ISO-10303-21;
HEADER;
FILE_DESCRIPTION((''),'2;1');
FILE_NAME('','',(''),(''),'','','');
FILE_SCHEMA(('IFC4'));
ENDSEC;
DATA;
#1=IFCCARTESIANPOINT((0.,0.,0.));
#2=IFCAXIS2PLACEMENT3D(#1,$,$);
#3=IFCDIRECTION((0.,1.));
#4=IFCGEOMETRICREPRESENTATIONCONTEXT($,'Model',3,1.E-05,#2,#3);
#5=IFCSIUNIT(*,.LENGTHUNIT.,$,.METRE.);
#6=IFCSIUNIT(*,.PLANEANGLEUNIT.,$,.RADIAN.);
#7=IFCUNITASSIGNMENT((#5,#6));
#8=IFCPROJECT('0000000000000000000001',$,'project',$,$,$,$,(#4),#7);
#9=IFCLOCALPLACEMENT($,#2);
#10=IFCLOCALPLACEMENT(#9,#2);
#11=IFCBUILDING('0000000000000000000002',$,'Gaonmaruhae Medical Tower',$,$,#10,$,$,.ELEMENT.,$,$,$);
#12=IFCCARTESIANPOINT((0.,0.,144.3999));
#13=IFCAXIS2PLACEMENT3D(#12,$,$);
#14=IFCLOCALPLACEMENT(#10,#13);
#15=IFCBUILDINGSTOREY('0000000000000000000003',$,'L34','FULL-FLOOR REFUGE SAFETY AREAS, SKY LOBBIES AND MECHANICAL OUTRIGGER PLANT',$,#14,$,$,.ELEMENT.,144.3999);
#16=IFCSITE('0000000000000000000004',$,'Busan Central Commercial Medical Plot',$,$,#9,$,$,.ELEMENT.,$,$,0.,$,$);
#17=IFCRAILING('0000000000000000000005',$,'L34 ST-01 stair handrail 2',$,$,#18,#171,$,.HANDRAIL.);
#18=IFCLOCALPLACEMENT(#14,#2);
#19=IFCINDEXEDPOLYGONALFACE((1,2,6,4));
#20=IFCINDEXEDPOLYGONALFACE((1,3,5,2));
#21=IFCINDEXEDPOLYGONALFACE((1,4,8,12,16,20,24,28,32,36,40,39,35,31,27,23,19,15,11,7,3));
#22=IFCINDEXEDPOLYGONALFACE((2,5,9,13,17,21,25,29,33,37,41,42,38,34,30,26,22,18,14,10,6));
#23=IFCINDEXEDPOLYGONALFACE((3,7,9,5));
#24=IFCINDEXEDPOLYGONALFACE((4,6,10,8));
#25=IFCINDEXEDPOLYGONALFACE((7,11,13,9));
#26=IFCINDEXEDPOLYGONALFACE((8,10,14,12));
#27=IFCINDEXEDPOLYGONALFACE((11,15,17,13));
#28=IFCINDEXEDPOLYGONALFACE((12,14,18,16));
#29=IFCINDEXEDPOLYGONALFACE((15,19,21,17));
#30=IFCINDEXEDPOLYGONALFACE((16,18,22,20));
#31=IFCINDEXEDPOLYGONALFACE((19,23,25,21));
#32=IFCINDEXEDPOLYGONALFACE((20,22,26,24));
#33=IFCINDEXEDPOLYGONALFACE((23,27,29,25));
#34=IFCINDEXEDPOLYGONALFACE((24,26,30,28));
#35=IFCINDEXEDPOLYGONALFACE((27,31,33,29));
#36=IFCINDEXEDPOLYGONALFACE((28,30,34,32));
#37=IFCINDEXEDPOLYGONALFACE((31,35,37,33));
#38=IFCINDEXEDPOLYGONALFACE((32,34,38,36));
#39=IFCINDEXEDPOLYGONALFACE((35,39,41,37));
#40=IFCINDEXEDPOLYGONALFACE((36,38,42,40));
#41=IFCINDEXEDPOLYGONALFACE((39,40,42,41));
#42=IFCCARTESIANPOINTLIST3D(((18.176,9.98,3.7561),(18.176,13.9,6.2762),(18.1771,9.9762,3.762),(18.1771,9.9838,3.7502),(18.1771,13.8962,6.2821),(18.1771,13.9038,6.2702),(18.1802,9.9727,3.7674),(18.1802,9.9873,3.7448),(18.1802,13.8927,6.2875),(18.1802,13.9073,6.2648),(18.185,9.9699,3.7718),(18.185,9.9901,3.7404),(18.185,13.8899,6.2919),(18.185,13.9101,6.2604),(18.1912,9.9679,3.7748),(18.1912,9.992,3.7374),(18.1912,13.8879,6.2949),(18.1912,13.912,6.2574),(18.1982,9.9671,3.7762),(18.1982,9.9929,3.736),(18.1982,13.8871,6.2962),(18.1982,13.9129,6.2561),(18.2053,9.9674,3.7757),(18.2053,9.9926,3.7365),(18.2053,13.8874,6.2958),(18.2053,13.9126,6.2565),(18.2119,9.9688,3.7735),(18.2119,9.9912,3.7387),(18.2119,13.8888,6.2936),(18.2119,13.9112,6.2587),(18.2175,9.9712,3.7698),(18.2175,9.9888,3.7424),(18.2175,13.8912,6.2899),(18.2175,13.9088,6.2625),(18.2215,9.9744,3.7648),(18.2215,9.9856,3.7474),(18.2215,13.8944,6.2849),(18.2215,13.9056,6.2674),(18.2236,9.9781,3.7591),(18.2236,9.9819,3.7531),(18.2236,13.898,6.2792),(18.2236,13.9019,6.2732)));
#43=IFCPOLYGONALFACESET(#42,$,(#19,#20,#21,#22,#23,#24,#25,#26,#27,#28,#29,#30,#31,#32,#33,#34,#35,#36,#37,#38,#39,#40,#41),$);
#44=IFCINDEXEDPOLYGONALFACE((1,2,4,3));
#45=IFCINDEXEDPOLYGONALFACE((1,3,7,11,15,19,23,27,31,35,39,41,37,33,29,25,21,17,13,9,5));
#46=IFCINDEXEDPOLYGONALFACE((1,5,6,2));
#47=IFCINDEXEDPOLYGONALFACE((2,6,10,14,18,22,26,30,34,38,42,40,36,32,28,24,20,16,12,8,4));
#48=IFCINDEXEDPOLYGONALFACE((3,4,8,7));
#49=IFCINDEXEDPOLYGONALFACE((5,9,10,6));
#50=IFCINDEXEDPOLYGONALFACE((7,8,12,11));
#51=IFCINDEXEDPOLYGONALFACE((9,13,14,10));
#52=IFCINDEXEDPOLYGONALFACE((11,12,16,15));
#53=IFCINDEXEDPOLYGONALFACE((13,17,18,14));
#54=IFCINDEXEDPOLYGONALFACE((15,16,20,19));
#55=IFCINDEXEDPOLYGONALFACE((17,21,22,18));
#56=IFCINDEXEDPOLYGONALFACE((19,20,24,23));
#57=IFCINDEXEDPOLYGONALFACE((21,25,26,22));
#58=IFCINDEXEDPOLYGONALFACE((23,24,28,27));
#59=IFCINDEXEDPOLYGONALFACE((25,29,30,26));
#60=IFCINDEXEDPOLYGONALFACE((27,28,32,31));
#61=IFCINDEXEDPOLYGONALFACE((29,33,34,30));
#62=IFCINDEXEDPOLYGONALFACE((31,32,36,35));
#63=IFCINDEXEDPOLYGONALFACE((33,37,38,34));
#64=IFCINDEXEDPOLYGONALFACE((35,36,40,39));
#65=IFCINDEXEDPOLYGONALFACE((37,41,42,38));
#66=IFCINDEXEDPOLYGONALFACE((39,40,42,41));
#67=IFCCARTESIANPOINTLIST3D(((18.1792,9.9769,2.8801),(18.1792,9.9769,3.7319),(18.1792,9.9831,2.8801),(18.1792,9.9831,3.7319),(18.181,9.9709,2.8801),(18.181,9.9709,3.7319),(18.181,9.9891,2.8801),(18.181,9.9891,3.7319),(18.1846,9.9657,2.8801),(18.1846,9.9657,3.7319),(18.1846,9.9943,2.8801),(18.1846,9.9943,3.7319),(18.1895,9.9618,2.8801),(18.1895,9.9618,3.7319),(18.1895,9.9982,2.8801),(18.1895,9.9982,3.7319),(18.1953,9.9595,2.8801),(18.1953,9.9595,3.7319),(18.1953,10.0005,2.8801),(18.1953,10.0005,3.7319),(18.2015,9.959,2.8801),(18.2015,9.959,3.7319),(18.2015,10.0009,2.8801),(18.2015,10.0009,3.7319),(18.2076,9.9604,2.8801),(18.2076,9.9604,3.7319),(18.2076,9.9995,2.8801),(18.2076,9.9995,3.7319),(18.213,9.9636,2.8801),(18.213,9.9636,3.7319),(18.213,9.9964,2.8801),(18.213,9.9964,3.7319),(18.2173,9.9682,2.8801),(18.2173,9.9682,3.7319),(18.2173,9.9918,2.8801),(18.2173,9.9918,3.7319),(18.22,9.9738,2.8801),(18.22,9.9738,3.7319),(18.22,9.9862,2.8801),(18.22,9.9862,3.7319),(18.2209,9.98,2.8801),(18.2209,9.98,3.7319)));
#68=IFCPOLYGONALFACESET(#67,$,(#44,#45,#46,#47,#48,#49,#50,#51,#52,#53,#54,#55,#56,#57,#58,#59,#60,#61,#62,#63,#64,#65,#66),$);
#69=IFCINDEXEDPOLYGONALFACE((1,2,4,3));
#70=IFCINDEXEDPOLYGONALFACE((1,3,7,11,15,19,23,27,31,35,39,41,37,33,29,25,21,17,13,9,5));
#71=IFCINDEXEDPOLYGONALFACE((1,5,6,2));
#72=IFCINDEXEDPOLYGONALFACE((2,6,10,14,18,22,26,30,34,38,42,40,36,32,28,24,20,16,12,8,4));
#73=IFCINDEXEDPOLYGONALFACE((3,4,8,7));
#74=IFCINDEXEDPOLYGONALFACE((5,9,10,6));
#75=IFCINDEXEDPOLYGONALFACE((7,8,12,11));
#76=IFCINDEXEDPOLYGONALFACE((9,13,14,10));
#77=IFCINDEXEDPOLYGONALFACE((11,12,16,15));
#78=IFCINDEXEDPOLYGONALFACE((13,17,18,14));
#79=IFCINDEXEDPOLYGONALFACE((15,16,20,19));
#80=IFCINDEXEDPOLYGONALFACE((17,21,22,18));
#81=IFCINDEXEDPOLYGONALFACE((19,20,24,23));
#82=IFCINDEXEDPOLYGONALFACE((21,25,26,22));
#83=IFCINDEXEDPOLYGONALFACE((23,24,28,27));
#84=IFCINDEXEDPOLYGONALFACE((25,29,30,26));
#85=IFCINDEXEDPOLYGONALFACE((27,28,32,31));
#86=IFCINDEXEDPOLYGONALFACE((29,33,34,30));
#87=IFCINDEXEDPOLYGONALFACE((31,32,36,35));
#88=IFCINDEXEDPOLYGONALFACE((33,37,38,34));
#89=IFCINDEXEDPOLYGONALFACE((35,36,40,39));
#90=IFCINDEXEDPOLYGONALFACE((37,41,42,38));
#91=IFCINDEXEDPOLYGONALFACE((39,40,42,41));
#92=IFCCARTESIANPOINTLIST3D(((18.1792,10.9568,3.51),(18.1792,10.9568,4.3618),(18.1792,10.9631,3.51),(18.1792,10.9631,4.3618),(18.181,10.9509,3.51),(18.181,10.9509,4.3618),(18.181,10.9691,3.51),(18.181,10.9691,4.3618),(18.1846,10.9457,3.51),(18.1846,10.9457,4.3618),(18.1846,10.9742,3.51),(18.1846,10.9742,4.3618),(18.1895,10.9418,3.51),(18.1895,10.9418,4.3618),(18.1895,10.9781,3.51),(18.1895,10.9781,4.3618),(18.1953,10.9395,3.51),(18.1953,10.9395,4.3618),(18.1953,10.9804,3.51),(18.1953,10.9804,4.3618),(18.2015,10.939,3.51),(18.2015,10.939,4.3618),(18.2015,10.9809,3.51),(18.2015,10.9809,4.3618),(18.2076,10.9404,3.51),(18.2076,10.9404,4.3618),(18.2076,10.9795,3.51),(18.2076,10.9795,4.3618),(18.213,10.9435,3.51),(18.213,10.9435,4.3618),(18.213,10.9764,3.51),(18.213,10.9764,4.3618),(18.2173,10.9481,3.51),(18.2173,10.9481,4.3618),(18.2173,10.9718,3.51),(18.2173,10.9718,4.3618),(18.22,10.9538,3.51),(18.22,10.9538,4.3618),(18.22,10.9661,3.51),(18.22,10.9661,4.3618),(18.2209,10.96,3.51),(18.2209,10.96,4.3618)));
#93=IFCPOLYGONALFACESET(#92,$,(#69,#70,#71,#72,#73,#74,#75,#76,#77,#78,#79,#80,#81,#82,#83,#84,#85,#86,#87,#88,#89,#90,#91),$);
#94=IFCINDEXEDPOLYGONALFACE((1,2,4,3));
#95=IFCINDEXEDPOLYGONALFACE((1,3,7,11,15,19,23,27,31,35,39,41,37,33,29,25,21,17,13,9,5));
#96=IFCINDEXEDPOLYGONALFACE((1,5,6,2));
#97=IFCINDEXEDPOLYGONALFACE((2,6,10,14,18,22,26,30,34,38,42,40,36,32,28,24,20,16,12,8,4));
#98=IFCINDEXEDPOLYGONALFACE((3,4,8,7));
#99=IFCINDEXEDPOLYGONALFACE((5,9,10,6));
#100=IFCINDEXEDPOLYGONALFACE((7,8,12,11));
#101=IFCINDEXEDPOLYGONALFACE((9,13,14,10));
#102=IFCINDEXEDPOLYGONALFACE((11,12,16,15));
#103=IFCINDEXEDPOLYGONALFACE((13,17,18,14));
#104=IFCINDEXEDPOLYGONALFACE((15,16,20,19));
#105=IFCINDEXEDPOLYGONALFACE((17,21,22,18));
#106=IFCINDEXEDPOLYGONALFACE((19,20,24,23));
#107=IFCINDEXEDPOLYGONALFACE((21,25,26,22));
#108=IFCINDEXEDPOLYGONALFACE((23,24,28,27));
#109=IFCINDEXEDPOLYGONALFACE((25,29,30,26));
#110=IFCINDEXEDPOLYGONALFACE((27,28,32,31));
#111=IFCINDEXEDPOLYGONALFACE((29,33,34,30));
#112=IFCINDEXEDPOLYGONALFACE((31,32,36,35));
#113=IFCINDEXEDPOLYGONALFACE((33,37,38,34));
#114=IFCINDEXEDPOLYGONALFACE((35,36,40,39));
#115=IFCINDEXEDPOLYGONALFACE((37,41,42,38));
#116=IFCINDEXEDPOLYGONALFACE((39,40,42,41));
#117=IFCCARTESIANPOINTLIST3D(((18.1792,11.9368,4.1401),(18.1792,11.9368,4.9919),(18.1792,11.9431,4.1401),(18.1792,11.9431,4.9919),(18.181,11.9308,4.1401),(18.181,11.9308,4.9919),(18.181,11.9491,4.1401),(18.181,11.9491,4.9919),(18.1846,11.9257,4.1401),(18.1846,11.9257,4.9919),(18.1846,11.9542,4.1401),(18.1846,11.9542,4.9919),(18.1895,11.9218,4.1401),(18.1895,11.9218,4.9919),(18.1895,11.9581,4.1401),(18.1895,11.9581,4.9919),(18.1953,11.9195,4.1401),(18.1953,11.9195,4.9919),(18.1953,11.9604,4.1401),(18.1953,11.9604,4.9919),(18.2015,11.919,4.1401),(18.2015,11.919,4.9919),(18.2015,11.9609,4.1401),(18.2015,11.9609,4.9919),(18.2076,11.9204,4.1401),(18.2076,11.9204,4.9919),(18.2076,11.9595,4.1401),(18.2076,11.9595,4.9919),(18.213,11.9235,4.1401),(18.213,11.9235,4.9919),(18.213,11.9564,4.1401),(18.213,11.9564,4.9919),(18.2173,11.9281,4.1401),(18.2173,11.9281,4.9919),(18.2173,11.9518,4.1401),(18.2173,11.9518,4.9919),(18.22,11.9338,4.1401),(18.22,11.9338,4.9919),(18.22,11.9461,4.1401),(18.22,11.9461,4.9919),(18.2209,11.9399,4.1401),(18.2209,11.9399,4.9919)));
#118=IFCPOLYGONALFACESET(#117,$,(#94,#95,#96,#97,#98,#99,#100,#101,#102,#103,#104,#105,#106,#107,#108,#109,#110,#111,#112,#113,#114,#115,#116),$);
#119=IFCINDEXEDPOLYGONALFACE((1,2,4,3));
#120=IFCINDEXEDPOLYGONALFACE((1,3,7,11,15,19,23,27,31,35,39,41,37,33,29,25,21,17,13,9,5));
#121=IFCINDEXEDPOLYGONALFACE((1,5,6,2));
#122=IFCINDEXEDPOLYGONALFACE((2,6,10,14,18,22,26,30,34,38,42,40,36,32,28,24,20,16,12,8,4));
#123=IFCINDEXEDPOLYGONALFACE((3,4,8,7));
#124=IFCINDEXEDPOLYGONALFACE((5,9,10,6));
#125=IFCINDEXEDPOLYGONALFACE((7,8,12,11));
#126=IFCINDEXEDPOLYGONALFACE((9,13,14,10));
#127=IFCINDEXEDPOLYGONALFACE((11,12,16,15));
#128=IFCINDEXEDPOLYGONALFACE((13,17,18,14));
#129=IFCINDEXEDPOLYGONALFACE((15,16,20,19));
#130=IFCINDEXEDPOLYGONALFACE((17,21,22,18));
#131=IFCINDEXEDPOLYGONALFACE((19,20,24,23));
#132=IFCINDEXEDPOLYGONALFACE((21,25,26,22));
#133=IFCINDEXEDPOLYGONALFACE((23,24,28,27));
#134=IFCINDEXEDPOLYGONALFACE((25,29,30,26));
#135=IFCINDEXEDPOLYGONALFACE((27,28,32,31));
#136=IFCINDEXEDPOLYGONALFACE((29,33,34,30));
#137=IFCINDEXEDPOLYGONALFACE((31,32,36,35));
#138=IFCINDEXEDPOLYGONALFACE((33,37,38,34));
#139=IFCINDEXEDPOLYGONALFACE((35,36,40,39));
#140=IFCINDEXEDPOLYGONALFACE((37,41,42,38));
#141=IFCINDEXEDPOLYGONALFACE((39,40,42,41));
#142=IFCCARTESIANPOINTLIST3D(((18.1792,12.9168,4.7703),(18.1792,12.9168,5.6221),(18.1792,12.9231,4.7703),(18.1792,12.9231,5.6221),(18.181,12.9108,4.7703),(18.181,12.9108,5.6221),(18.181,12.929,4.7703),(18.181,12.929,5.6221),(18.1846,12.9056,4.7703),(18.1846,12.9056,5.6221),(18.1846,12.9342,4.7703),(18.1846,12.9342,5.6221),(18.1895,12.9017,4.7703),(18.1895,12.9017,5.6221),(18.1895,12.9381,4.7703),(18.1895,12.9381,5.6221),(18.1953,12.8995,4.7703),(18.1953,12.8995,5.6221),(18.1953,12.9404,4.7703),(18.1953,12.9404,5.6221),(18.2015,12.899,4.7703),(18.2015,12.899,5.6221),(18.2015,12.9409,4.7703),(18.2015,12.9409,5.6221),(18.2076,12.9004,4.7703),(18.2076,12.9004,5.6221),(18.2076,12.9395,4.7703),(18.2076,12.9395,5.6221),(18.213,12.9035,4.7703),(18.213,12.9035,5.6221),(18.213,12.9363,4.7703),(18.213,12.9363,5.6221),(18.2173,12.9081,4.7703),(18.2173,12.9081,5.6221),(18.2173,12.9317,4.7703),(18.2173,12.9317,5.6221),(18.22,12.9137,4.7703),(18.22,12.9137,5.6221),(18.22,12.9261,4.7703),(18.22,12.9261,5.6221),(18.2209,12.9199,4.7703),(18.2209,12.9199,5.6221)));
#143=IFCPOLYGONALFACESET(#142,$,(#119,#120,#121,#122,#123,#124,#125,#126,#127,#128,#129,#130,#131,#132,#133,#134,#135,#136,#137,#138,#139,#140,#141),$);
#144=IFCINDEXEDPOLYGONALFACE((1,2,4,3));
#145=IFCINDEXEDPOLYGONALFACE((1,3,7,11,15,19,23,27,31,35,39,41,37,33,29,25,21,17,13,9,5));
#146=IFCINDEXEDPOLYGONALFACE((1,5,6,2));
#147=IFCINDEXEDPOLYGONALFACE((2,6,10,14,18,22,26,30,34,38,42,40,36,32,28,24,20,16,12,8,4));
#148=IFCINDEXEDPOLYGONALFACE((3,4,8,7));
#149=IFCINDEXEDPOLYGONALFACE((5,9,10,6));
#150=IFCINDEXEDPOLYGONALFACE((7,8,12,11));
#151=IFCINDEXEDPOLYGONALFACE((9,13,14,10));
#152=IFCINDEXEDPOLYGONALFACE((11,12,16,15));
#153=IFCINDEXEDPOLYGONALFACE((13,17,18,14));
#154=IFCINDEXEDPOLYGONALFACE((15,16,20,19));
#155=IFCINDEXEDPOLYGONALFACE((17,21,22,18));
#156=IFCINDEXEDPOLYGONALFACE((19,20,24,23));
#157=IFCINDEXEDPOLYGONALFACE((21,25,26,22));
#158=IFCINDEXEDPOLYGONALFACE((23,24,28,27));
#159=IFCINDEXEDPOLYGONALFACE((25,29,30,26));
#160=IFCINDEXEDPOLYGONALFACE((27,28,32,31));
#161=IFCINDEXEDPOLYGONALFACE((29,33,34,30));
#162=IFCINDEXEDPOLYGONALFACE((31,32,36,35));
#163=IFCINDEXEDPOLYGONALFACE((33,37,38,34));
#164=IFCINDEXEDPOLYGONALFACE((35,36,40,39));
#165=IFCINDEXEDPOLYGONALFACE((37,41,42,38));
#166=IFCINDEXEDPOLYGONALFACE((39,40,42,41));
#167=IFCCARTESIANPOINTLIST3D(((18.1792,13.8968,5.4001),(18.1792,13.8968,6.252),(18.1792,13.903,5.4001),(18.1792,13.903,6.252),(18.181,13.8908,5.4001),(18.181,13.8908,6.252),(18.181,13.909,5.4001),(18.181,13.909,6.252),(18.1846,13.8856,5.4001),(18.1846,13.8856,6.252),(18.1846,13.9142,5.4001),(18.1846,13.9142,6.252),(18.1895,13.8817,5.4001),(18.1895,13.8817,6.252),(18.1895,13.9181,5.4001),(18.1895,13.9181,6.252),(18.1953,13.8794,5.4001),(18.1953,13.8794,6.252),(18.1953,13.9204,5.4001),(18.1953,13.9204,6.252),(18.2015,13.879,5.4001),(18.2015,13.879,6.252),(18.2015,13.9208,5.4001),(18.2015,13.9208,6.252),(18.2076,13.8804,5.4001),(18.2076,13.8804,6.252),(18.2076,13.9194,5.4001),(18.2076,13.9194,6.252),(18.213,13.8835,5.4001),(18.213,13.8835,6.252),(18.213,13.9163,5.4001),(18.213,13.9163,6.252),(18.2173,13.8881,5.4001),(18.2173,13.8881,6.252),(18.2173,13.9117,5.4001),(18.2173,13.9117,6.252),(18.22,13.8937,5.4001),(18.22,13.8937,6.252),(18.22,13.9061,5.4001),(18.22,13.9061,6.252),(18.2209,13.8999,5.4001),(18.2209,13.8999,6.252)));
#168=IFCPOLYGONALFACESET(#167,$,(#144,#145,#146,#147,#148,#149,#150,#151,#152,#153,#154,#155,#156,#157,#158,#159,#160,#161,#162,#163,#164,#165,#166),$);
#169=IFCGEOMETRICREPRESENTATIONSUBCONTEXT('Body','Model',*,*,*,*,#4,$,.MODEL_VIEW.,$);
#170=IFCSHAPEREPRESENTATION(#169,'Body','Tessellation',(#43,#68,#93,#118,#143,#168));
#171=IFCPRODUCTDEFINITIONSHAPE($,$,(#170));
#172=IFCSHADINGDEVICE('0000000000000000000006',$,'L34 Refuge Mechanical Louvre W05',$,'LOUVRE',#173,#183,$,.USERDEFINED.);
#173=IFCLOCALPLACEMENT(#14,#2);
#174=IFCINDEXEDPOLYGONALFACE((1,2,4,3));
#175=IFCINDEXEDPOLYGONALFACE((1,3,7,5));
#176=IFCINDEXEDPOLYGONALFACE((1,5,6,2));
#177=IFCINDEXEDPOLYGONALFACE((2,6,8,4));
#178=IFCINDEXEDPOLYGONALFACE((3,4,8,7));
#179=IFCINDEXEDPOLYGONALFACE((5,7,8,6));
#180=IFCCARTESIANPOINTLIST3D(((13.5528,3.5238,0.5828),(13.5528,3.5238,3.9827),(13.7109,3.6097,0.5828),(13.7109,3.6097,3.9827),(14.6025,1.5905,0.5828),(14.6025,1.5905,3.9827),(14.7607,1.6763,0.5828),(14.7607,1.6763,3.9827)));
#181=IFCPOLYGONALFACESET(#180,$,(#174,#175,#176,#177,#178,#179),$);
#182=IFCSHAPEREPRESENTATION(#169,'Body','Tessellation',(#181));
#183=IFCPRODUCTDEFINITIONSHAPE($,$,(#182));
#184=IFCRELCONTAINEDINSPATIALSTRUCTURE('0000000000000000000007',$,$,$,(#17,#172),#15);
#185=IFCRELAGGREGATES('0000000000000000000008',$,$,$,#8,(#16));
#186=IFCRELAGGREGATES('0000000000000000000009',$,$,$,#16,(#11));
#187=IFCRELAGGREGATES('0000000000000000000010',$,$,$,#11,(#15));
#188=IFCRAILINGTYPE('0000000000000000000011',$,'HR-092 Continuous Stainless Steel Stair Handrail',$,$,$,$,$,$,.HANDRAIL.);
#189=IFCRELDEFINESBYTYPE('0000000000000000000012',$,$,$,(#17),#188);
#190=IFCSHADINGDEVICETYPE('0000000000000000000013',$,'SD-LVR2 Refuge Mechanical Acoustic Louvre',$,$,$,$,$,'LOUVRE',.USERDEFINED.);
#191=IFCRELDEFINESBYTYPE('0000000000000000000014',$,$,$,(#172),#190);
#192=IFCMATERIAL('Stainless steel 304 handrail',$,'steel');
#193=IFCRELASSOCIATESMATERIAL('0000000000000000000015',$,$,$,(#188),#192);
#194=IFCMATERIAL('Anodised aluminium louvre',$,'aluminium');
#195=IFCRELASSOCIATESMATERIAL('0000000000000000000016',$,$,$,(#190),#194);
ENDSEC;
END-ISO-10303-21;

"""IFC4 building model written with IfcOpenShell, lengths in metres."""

from ifc_helpers import new_model, si_unit, direction, frame, origin, origin_2d, place, context, subcontext, project, spatial, rectangle, circle, extrude, material, type_object, element, save


model = new_model("IFC4")

# Units and contexts
model_context = context("Model", 3, precision=1e-05, world=origin(), true_north=direction((0.0, 1.0)))
body_context = subcontext(model_context, "Body", "Model", "MODEL_VIEW")
ifc_project = project(units=[si_unit("LENGTHUNIT", "METRE"), si_unit("PLANEANGLEUNIT", "RADIAN")], contexts=[model_context])

# Site, building, storey
site_placement = place(None, origin())
site = spatial("IfcSite", under=ifc_project, at=site_placement, Name="Busan Central Commercial Medical Plot", CompositionType="ELEMENT", RefElevation=0.0)
building_placement = place(site_placement, origin())
building = spatial("IfcBuilding", under=site, at=building_placement, Name="Gaonmaruhae Medical Tower", CompositionType="ELEMENT")
storey_placement = place(building_placement, frame((0.0, 0.0, 144.3999)))
storey = spatial("IfcBuildingStorey", under=building, at=storey_placement, Name="L34", Description="FULL-FLOOR REFUGE SAFETY AREAS, SKY LOBBIES AND MECHANICAL OUTRIGGER PLANT", CompositionType="ELEMENT", Elevation=144.3999)

# Railing
ifc_material_1 = material(Name="Stainless steel 304 handrail", Category="steel")
railing_type_1 = type_object("IfcRailingType", Name="HR-092 Continuous Stainless Steel Stair Handrail", PredefinedType="HANDRAIL", material=ifc_material_1)
railing_1_placement = place(storey_placement, frame((18.2, 9.98, 2.8801)))
element("IfcRailing", 1, at=railing_1_placement, inside=storey, type_object=railing_type_1, Name="L34 ST-01 stair handrail 2", PredefinedType="HANDRAIL", context=body_context, shape_type="SweptSolid", body=[
    extrude(circle(Radius=0.0239, at=origin_2d()), frame((0.0, 0.0, 0.876), z_axis=(0.0, 0.841172, 0.540768), x_axis=(-1.0, 0.0, 0.0)), (0.0, 0.0, 1.0), 4.6602),
    extrude(circle(Radius=0.021, at=origin_2d()), origin(), (0.0, 0.0, 1.0), 0.8518),
    extrude(circle(Radius=0.021, at=origin_2d()), frame((0.0, 0.98, 0.6299)), (0.0, 0.0, 1.0), 0.8518),
    extrude(circle(Radius=0.021, at=origin_2d()), frame((0.0, 1.96, 1.26)), (0.0, 0.0, 1.0), 0.8518),
    extrude(circle(Radius=0.021, at=origin_2d()), frame((0.0, 2.9399, 1.8901)), (0.0, 0.0, 1.0), 0.8518),
    extrude(circle(Radius=0.021, at=origin_2d()), frame((0.0, 3.9199, 2.52)), (0.0, 0.0, 1.0), 0.8518),
])

# Shading device
ifc_material_2 = material(Name="Anodised aluminium louvre", Category="aluminium")
shading_device_type = type_object("IfcShadingDeviceType", Name="SD-LVR2 Refuge Mechanical Acoustic Louvre", ElementType="LOUVRE", PredefinedType="USERDEFINED", material=ifc_material_2)
shading_device_placement = place(storey_placement, frame((14.1567, 2.6001, 0.5828), z_axis=(0.0, 0.0, 1.0), x_axis=(-0.477159, 0.878817, 0.0)))
element("IfcShadingDevice", 2, at=shading_device_placement, inside=storey, type_object=shading_device_type, Name="L34 Refuge Mechanical Louvre W05", ObjectType="LOUVRE", PredefinedType="USERDEFINED", context=body_context, shape_type="SweptSolid", body=[
    extrude(rectangle(XDim=2.2, YDim=0.1799, at=origin_2d()), origin(), (0.0, 0.0, 1.0), 3.3999),
])

save(model, "model.ifc")
